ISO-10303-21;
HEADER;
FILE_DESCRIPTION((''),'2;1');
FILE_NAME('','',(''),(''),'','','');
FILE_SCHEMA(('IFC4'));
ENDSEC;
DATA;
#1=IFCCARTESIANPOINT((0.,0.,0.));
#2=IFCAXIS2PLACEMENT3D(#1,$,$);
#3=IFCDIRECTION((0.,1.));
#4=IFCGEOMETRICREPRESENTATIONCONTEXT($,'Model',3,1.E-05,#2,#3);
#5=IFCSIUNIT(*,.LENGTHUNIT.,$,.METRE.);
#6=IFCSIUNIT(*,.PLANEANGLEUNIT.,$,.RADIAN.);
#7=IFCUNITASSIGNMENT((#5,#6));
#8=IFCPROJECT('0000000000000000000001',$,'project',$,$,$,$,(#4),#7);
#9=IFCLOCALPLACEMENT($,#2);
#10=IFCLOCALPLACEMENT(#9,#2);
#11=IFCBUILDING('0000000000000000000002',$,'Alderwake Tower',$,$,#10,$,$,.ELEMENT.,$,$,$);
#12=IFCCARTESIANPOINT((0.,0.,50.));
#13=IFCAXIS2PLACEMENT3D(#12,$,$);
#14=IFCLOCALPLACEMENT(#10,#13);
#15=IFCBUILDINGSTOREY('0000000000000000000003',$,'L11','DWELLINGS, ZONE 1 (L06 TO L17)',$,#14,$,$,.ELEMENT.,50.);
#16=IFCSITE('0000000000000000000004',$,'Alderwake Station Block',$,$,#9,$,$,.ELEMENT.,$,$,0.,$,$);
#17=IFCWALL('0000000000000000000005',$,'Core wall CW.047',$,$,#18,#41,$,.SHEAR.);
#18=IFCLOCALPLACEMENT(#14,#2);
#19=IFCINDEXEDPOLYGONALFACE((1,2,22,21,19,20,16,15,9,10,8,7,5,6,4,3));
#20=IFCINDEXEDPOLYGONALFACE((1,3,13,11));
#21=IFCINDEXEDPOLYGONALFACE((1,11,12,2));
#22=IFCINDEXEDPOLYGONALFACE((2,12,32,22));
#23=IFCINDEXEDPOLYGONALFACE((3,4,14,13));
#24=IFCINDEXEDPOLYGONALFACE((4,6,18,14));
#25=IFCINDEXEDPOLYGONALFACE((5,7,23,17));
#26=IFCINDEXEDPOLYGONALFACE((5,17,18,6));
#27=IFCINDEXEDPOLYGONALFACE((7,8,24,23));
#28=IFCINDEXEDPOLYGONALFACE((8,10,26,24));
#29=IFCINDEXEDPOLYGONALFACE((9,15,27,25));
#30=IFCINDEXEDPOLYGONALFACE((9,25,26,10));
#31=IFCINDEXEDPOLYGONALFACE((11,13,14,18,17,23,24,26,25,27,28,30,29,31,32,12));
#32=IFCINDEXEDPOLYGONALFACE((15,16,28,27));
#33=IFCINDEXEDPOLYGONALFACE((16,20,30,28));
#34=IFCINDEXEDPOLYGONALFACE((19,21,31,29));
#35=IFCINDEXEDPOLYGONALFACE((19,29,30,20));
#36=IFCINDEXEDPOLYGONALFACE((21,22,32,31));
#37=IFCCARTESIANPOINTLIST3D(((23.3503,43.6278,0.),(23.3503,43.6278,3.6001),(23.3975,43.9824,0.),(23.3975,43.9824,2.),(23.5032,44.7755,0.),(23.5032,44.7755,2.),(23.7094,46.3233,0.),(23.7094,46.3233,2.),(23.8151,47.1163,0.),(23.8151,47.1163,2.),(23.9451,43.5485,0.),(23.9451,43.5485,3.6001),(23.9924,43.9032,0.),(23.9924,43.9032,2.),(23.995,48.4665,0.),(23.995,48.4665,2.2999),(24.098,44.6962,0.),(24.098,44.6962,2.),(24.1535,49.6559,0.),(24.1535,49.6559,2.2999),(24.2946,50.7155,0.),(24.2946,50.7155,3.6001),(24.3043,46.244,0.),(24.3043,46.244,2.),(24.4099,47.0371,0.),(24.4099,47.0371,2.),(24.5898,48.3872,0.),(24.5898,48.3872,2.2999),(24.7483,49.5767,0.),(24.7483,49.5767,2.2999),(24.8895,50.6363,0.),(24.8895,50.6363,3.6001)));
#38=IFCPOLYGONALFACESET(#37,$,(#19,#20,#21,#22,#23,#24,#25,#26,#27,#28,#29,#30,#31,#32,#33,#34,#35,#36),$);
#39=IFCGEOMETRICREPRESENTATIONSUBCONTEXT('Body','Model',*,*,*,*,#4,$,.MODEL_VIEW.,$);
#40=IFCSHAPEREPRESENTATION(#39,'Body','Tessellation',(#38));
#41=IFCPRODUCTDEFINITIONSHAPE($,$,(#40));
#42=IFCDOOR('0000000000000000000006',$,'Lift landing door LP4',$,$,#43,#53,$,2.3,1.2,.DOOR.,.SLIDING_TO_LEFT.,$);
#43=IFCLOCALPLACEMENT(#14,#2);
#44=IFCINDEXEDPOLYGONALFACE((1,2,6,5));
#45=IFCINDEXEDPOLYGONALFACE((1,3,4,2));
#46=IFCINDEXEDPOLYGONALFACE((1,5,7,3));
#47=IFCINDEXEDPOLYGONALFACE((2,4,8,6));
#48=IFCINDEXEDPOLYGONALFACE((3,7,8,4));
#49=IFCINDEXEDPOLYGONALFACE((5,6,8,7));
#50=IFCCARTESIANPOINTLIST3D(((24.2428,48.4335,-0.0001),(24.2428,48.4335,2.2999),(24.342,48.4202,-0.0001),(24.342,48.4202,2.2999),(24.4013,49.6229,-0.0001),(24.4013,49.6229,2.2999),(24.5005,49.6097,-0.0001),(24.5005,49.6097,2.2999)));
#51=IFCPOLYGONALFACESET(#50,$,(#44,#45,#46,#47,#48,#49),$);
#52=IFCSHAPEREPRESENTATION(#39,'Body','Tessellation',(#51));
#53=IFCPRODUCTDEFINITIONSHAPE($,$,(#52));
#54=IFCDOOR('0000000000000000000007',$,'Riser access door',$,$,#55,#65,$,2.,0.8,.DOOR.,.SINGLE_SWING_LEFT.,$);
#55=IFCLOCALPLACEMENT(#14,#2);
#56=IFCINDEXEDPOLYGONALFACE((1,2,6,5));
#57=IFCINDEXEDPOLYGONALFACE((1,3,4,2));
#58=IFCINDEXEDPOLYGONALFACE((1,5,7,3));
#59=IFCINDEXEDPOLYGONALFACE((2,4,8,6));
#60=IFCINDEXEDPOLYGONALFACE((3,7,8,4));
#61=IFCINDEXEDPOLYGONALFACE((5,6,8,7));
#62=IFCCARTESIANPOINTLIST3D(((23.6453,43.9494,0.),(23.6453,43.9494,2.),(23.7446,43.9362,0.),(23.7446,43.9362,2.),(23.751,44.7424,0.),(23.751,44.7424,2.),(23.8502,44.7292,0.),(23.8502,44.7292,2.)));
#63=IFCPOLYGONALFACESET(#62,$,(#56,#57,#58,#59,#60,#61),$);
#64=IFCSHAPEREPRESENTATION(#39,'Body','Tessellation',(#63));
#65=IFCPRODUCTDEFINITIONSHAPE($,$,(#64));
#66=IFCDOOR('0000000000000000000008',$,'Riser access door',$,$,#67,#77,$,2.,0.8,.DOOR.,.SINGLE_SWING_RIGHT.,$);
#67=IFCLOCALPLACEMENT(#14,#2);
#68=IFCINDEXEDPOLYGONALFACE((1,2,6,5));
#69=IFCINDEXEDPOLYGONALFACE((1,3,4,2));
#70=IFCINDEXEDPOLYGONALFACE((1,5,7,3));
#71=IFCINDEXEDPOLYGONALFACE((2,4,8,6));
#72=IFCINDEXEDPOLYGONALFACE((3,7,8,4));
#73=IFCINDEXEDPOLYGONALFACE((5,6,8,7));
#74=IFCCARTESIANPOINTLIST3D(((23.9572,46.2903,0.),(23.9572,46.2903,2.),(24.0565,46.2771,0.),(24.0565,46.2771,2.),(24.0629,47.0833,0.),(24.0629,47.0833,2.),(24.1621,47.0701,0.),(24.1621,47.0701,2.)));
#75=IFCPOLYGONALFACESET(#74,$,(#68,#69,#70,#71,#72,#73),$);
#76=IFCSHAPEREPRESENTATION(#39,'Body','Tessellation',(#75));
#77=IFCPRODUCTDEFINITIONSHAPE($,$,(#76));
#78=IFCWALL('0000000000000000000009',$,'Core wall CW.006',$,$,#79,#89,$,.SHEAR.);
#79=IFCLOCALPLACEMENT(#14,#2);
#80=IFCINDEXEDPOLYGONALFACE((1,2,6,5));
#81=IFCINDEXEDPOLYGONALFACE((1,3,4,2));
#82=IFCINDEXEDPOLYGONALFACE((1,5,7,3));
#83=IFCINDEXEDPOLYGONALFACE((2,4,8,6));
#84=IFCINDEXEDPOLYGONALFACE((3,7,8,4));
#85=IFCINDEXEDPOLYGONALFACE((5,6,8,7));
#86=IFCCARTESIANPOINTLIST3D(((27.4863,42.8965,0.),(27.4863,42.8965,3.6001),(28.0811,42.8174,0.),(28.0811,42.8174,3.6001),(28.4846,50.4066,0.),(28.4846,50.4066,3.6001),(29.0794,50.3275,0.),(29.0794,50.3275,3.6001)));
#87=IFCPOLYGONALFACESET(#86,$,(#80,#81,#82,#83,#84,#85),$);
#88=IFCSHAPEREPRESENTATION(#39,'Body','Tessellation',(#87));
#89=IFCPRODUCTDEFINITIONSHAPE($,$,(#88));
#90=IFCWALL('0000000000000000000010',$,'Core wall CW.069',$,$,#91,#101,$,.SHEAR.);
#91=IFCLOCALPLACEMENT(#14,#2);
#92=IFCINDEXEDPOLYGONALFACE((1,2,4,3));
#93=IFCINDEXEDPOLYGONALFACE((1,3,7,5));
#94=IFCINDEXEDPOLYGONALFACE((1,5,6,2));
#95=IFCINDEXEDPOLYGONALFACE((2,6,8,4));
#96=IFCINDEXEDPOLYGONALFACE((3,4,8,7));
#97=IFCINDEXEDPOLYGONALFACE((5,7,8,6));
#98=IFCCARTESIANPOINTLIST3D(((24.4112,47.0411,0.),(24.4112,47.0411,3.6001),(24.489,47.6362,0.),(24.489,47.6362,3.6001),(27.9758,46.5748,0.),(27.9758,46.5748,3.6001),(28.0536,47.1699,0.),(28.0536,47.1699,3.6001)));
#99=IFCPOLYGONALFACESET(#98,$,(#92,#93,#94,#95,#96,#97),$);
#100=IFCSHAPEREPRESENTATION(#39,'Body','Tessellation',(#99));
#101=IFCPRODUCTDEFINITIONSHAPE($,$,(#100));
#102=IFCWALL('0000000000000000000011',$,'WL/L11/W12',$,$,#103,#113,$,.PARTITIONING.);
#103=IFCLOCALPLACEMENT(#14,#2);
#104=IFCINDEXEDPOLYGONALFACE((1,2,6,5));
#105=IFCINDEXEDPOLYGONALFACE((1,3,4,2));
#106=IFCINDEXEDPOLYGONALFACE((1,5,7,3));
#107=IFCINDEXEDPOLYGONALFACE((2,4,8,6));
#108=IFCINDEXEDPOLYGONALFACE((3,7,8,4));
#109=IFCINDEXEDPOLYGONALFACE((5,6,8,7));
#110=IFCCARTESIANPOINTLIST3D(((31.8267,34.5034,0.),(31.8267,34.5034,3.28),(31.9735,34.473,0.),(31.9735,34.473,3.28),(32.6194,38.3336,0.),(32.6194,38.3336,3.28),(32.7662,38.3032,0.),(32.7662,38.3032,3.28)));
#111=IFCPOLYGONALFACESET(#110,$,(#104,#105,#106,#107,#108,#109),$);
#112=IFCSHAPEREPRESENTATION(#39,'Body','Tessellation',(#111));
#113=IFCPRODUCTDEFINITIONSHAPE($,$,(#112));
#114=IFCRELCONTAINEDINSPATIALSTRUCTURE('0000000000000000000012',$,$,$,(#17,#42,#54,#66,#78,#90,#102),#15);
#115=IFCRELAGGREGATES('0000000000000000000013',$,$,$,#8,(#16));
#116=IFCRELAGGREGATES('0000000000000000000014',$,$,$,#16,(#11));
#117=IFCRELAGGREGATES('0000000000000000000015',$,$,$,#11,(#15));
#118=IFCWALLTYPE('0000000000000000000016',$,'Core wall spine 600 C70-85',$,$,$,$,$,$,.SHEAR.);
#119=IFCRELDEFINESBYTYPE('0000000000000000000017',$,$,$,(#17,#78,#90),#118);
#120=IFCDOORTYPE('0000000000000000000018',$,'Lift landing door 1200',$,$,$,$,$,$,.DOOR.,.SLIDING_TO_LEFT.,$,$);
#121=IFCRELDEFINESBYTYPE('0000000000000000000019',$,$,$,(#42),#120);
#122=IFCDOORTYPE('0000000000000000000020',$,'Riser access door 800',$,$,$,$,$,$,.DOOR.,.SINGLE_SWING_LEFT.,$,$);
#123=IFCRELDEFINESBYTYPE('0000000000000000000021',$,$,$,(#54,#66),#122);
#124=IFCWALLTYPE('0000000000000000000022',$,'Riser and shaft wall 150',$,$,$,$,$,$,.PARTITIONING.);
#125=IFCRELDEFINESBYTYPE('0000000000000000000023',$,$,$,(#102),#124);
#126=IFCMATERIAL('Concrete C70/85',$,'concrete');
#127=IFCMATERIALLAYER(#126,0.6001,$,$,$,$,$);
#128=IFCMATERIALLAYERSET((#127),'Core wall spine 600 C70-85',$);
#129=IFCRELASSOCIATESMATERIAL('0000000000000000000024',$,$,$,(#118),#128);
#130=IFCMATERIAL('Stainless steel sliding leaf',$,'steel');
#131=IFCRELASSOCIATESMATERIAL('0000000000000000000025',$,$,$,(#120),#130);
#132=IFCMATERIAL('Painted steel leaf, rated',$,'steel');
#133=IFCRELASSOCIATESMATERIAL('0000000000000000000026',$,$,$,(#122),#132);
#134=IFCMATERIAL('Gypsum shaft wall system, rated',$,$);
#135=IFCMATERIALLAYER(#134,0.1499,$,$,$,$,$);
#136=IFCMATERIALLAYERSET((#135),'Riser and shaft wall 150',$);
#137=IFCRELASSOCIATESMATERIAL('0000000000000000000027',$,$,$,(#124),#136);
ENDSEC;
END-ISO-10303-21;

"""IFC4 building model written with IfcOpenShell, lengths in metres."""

from ifc_helpers import new_model, si_unit, direction, frame, frame_2d, origin, place, context, subcontext, project, spatial, rectangle, extrude, material, layer, layer_set, type_object, element, fill, save


model = new_model("IFC4")

# Units and contexts
model_context = context("Model", 3, precision=1e-05, world=origin(), true_north=direction((0.0, 1.0)))
body_context = subcontext(model_context, "Body", "Model", "MODEL_VIEW")
ifc_project = project(units=[si_unit("LENGTHUNIT", "METRE"), si_unit("PLANEANGLEUNIT", "RADIAN")], contexts=[model_context])

# Site, building, storey
site_placement = place(None, origin())
site = spatial("IfcSite", under=ifc_project, at=site_placement, Name="Alderwake Station Block", CompositionType="ELEMENT", RefElevation=0.0)
building_placement = place(site_placement, origin())
building = spatial("IfcBuilding", under=site, at=building_placement, Name="Alderwake Tower", CompositionType="ELEMENT")
storey_placement = place(building_placement, frame((0.0, 0.0, 50.0)))
storey = spatial("IfcBuildingStorey", under=building, at=storey_placement, Name="L11", Description="DWELLINGS, ZONE 1 (L06 TO L17)", CompositionType="ELEMENT", Elevation=50.0)

# Wall, openings, doors
ifc_material_1 = material(Name="Concrete C70/85", Category="concrete")
ifc_layer_1 = layer(ifc_material_1, 0.6001)
ifc_layer_set_1 = layer_set([ifc_layer_1], Name="Core wall spine 600 C70-85")
wall_type_1 = type_object("IfcWallType", Name="Core wall spine 600 C70-85", PredefinedType="SHEAR", material=ifc_layer_set_1)
wall_1_placement = place(storey_placement, frame((23.6477, 43.5881, 0.0), z_axis=(0.0, 0.0, 1.0), x_axis=(0.13207, 0.99124, 0.0)))
wall_1 = element("IfcWall", 1, at=wall_1_placement, inside=storey, type_object=wall_type_1, Name="Core wall CW.047", PredefinedType="SHEAR", context=body_context, shape_type="SweptSolid", body=[
    extrude(rectangle(XDim=7.1504, YDim=0.6001, at=frame_2d((3.5752, 0.0))), origin(), (0.0, 0.0, 1.0), 3.6001),
])
opening_1_placement = place(wall_1_placement, frame((4.8813, 0.0, 0.0)))
opening_1 = element("IfcOpeningElement", 2, at=opening_1_placement, cuts=wall_1, PredefinedType="OPENING", context=body_context, shape_type="SweptSolid", body=[
    extrude(rectangle(XDim=1.2, YDim=2.3, at=frame_2d((0.6001, 1.1499))), frame((0.0, 0.3101, 0.0), z_axis=(0.0, -1.0, 0.0), x_axis=(1.0, 0.0, 0.0)), (0.0, 0.0, 1.0), 0.6201),
])
opening_2_placement = place(wall_1_placement, frame((0.3579, 0.0, 0.0)))
opening_2 = element("IfcOpeningElement", 3, at=opening_2_placement, cuts=wall_1, PredefinedType="OPENING", context=body_context, shape_type="SweptSolid", body=[
    extrude(rectangle(XDim=0.8, YDim=2.0, at=frame_2d((0.3999, 1.0))), frame((0.0, 0.3101, 0.0), z_axis=(0.0, -1.0, 0.0), x_axis=(1.0, 0.0, 0.0)), (0.0, 0.0, 1.0), 0.6201),
])
opening_3_placement = place(wall_1_placement, frame((2.7195, 0.0, 0.0)))
opening_3 = element("IfcOpeningElement", 4, at=opening_3_placement, cuts=wall_1, PredefinedType="OPENING", context=body_context, shape_type="SweptSolid", body=[
    extrude(rectangle(XDim=0.8, YDim=2.0, at=frame_2d((0.3999, 1.0))), frame((0.0, 0.3101, 0.0), z_axis=(0.0, -1.0, 0.0), x_axis=(1.0, 0.0, 0.0)), (0.0, 0.0, 1.0), 0.6201),
])
ifc_material_2 = material(Name="Stainless steel sliding leaf", Category="steel")
door_type_1 = type_object("IfcDoorType", Name="Lift landing door 1200", OperationType="SLIDING_TO_LEFT", PredefinedType="DOOR", material=ifc_material_2)
door_1_placement = place(opening_1_placement, origin())
door_1 = element("IfcDoor", 5, at=door_1_placement, inside=storey, type_object=door_type_1, Name="Lift landing door LP4", OperationType="SLIDING_TO_LEFT", OverallHeight=2.3, OverallWidth=1.2, PredefinedType="DOOR", context=body_context, shape_type="SweptSolid", body=[
    extrude(rectangle(XDim=1.2, YDim=2.3, at=frame_2d((0.6001, 1.1499))), frame((0.0, 0.05, 0.0), z_axis=(0.0, -1.0, 0.0), x_axis=(1.0, 0.0, 0.0)), (0.0, 0.0, 1.0), 0.1001),
])
fill(opening_1, door_1)
ifc_material_3 = material(Name="Painted steel leaf, rated", Category="steel")
door_type_2 = type_object("IfcDoorType", Name="Riser access door 800", OperationType="SINGLE_SWING_LEFT", PredefinedType="DOOR", material=ifc_material_3)
door_2_placement = place(opening_2_placement, origin())
door_2 = element("IfcDoor", 6, at=door_2_placement, inside=storey, type_object=door_type_2, Name="Riser access door", OperationType="SINGLE_SWING_LEFT", OverallHeight=2.0, OverallWidth=0.8, PredefinedType="DOOR", context=body_context, shape_type="SweptSolid", body=[
    extrude(rectangle(XDim=0.8, YDim=2.0, at=frame_2d((0.3999, 1.0))), frame((0.0, 0.05, 0.0), z_axis=(0.0, -1.0, 0.0), x_axis=(1.0, 0.0, 0.0)), (0.0, 0.0, 1.0), 0.1001),
])
fill(opening_2, door_2)
door_3_placement = place(opening_3_placement, origin())
door_3 = element("IfcDoor", 7, at=door_3_placement, inside=storey, type_object=door_type_2, Name="Riser access door", OperationType="SINGLE_SWING_RIGHT", OverallHeight=2.0, OverallWidth=0.8, PredefinedType="DOOR", context=body_context, shape_type="SweptSolid", body=[
    extrude(rectangle(XDim=0.8, YDim=2.0, at=frame_2d((0.3999, 1.0))), frame((0.0, 0.05, 0.0), z_axis=(0.0, -1.0, 0.0), x_axis=(1.0, 0.0, 0.0)), (0.0, 0.0, 1.0), 0.1001),
])
fill(opening_3, door_3)

# Walls
wall_2_placement = place(storey_placement, frame((27.7837, 42.8569, 0.0), z_axis=(0.0, 0.0, 1.0), x_axis=(0.131769, 0.99128, 0.0)))
element("IfcWall", 8, at=wall_2_placement, inside=storey, type_object=wall_type_1, Name="Core wall CW.006", PredefinedType="SHEAR", context=body_context, shape_type="SweptSolid", body=[
    extrude(rectangle(XDim=7.5762, YDim=0.6001, at=frame_2d((3.7881, 0.0))), origin(), (0.0, 0.0, 1.0), 3.6001),
])
wall_3_placement = place(storey_placement, frame((24.4502, 47.3386, 0.0), z_axis=(0.0, 0.0, 1.0), x_axis=(0.991552, -0.129708, 0.0)))
element("IfcWall", 9, at=wall_3_placement, inside=storey, type_object=wall_type_1, Name="Core wall CW.069", PredefinedType="SHEAR", context=body_context, shape_type="SweptSolid", body=[
    extrude(rectangle(XDim=3.595, YDim=0.6001, at=frame_2d((1.7974, 0.0))), origin(), (0.0, 0.0, 1.0), 3.6001),
])
ifc_material_4 = material(Name="Gypsum shaft wall system, rated")
ifc_layer_2 = layer(ifc_material_4, 0.1499)
ifc_layer_set_2 = layer_set([ifc_layer_2], Name="Riser and shaft wall 150")
wall_type_2 = type_object("IfcWallType", Name="Riser and shaft wall 150", PredefinedType="PARTITIONING", material=ifc_layer_set_2)
wall_4_placement = place(storey_placement, frame((31.9001, 34.4883, 0.0), z_axis=(0.0, 0.0, 1.0), x_axis=(0.202665, 0.979248, 0.0)))
element("IfcWall", 10, at=wall_4_placement, inside=storey, type_object=wall_type_2, Name="WL/L11/W12", PredefinedType="PARTITIONING", context=body_context, shape_type="SweptSolid", body=[
    extrude(rectangle(XDim=3.9114, YDim=0.1499, at=frame_2d((1.9556, 0.0))), origin(), (0.0, 0.0, 1.0), 3.28),
])

save(model, "model.ifc")
